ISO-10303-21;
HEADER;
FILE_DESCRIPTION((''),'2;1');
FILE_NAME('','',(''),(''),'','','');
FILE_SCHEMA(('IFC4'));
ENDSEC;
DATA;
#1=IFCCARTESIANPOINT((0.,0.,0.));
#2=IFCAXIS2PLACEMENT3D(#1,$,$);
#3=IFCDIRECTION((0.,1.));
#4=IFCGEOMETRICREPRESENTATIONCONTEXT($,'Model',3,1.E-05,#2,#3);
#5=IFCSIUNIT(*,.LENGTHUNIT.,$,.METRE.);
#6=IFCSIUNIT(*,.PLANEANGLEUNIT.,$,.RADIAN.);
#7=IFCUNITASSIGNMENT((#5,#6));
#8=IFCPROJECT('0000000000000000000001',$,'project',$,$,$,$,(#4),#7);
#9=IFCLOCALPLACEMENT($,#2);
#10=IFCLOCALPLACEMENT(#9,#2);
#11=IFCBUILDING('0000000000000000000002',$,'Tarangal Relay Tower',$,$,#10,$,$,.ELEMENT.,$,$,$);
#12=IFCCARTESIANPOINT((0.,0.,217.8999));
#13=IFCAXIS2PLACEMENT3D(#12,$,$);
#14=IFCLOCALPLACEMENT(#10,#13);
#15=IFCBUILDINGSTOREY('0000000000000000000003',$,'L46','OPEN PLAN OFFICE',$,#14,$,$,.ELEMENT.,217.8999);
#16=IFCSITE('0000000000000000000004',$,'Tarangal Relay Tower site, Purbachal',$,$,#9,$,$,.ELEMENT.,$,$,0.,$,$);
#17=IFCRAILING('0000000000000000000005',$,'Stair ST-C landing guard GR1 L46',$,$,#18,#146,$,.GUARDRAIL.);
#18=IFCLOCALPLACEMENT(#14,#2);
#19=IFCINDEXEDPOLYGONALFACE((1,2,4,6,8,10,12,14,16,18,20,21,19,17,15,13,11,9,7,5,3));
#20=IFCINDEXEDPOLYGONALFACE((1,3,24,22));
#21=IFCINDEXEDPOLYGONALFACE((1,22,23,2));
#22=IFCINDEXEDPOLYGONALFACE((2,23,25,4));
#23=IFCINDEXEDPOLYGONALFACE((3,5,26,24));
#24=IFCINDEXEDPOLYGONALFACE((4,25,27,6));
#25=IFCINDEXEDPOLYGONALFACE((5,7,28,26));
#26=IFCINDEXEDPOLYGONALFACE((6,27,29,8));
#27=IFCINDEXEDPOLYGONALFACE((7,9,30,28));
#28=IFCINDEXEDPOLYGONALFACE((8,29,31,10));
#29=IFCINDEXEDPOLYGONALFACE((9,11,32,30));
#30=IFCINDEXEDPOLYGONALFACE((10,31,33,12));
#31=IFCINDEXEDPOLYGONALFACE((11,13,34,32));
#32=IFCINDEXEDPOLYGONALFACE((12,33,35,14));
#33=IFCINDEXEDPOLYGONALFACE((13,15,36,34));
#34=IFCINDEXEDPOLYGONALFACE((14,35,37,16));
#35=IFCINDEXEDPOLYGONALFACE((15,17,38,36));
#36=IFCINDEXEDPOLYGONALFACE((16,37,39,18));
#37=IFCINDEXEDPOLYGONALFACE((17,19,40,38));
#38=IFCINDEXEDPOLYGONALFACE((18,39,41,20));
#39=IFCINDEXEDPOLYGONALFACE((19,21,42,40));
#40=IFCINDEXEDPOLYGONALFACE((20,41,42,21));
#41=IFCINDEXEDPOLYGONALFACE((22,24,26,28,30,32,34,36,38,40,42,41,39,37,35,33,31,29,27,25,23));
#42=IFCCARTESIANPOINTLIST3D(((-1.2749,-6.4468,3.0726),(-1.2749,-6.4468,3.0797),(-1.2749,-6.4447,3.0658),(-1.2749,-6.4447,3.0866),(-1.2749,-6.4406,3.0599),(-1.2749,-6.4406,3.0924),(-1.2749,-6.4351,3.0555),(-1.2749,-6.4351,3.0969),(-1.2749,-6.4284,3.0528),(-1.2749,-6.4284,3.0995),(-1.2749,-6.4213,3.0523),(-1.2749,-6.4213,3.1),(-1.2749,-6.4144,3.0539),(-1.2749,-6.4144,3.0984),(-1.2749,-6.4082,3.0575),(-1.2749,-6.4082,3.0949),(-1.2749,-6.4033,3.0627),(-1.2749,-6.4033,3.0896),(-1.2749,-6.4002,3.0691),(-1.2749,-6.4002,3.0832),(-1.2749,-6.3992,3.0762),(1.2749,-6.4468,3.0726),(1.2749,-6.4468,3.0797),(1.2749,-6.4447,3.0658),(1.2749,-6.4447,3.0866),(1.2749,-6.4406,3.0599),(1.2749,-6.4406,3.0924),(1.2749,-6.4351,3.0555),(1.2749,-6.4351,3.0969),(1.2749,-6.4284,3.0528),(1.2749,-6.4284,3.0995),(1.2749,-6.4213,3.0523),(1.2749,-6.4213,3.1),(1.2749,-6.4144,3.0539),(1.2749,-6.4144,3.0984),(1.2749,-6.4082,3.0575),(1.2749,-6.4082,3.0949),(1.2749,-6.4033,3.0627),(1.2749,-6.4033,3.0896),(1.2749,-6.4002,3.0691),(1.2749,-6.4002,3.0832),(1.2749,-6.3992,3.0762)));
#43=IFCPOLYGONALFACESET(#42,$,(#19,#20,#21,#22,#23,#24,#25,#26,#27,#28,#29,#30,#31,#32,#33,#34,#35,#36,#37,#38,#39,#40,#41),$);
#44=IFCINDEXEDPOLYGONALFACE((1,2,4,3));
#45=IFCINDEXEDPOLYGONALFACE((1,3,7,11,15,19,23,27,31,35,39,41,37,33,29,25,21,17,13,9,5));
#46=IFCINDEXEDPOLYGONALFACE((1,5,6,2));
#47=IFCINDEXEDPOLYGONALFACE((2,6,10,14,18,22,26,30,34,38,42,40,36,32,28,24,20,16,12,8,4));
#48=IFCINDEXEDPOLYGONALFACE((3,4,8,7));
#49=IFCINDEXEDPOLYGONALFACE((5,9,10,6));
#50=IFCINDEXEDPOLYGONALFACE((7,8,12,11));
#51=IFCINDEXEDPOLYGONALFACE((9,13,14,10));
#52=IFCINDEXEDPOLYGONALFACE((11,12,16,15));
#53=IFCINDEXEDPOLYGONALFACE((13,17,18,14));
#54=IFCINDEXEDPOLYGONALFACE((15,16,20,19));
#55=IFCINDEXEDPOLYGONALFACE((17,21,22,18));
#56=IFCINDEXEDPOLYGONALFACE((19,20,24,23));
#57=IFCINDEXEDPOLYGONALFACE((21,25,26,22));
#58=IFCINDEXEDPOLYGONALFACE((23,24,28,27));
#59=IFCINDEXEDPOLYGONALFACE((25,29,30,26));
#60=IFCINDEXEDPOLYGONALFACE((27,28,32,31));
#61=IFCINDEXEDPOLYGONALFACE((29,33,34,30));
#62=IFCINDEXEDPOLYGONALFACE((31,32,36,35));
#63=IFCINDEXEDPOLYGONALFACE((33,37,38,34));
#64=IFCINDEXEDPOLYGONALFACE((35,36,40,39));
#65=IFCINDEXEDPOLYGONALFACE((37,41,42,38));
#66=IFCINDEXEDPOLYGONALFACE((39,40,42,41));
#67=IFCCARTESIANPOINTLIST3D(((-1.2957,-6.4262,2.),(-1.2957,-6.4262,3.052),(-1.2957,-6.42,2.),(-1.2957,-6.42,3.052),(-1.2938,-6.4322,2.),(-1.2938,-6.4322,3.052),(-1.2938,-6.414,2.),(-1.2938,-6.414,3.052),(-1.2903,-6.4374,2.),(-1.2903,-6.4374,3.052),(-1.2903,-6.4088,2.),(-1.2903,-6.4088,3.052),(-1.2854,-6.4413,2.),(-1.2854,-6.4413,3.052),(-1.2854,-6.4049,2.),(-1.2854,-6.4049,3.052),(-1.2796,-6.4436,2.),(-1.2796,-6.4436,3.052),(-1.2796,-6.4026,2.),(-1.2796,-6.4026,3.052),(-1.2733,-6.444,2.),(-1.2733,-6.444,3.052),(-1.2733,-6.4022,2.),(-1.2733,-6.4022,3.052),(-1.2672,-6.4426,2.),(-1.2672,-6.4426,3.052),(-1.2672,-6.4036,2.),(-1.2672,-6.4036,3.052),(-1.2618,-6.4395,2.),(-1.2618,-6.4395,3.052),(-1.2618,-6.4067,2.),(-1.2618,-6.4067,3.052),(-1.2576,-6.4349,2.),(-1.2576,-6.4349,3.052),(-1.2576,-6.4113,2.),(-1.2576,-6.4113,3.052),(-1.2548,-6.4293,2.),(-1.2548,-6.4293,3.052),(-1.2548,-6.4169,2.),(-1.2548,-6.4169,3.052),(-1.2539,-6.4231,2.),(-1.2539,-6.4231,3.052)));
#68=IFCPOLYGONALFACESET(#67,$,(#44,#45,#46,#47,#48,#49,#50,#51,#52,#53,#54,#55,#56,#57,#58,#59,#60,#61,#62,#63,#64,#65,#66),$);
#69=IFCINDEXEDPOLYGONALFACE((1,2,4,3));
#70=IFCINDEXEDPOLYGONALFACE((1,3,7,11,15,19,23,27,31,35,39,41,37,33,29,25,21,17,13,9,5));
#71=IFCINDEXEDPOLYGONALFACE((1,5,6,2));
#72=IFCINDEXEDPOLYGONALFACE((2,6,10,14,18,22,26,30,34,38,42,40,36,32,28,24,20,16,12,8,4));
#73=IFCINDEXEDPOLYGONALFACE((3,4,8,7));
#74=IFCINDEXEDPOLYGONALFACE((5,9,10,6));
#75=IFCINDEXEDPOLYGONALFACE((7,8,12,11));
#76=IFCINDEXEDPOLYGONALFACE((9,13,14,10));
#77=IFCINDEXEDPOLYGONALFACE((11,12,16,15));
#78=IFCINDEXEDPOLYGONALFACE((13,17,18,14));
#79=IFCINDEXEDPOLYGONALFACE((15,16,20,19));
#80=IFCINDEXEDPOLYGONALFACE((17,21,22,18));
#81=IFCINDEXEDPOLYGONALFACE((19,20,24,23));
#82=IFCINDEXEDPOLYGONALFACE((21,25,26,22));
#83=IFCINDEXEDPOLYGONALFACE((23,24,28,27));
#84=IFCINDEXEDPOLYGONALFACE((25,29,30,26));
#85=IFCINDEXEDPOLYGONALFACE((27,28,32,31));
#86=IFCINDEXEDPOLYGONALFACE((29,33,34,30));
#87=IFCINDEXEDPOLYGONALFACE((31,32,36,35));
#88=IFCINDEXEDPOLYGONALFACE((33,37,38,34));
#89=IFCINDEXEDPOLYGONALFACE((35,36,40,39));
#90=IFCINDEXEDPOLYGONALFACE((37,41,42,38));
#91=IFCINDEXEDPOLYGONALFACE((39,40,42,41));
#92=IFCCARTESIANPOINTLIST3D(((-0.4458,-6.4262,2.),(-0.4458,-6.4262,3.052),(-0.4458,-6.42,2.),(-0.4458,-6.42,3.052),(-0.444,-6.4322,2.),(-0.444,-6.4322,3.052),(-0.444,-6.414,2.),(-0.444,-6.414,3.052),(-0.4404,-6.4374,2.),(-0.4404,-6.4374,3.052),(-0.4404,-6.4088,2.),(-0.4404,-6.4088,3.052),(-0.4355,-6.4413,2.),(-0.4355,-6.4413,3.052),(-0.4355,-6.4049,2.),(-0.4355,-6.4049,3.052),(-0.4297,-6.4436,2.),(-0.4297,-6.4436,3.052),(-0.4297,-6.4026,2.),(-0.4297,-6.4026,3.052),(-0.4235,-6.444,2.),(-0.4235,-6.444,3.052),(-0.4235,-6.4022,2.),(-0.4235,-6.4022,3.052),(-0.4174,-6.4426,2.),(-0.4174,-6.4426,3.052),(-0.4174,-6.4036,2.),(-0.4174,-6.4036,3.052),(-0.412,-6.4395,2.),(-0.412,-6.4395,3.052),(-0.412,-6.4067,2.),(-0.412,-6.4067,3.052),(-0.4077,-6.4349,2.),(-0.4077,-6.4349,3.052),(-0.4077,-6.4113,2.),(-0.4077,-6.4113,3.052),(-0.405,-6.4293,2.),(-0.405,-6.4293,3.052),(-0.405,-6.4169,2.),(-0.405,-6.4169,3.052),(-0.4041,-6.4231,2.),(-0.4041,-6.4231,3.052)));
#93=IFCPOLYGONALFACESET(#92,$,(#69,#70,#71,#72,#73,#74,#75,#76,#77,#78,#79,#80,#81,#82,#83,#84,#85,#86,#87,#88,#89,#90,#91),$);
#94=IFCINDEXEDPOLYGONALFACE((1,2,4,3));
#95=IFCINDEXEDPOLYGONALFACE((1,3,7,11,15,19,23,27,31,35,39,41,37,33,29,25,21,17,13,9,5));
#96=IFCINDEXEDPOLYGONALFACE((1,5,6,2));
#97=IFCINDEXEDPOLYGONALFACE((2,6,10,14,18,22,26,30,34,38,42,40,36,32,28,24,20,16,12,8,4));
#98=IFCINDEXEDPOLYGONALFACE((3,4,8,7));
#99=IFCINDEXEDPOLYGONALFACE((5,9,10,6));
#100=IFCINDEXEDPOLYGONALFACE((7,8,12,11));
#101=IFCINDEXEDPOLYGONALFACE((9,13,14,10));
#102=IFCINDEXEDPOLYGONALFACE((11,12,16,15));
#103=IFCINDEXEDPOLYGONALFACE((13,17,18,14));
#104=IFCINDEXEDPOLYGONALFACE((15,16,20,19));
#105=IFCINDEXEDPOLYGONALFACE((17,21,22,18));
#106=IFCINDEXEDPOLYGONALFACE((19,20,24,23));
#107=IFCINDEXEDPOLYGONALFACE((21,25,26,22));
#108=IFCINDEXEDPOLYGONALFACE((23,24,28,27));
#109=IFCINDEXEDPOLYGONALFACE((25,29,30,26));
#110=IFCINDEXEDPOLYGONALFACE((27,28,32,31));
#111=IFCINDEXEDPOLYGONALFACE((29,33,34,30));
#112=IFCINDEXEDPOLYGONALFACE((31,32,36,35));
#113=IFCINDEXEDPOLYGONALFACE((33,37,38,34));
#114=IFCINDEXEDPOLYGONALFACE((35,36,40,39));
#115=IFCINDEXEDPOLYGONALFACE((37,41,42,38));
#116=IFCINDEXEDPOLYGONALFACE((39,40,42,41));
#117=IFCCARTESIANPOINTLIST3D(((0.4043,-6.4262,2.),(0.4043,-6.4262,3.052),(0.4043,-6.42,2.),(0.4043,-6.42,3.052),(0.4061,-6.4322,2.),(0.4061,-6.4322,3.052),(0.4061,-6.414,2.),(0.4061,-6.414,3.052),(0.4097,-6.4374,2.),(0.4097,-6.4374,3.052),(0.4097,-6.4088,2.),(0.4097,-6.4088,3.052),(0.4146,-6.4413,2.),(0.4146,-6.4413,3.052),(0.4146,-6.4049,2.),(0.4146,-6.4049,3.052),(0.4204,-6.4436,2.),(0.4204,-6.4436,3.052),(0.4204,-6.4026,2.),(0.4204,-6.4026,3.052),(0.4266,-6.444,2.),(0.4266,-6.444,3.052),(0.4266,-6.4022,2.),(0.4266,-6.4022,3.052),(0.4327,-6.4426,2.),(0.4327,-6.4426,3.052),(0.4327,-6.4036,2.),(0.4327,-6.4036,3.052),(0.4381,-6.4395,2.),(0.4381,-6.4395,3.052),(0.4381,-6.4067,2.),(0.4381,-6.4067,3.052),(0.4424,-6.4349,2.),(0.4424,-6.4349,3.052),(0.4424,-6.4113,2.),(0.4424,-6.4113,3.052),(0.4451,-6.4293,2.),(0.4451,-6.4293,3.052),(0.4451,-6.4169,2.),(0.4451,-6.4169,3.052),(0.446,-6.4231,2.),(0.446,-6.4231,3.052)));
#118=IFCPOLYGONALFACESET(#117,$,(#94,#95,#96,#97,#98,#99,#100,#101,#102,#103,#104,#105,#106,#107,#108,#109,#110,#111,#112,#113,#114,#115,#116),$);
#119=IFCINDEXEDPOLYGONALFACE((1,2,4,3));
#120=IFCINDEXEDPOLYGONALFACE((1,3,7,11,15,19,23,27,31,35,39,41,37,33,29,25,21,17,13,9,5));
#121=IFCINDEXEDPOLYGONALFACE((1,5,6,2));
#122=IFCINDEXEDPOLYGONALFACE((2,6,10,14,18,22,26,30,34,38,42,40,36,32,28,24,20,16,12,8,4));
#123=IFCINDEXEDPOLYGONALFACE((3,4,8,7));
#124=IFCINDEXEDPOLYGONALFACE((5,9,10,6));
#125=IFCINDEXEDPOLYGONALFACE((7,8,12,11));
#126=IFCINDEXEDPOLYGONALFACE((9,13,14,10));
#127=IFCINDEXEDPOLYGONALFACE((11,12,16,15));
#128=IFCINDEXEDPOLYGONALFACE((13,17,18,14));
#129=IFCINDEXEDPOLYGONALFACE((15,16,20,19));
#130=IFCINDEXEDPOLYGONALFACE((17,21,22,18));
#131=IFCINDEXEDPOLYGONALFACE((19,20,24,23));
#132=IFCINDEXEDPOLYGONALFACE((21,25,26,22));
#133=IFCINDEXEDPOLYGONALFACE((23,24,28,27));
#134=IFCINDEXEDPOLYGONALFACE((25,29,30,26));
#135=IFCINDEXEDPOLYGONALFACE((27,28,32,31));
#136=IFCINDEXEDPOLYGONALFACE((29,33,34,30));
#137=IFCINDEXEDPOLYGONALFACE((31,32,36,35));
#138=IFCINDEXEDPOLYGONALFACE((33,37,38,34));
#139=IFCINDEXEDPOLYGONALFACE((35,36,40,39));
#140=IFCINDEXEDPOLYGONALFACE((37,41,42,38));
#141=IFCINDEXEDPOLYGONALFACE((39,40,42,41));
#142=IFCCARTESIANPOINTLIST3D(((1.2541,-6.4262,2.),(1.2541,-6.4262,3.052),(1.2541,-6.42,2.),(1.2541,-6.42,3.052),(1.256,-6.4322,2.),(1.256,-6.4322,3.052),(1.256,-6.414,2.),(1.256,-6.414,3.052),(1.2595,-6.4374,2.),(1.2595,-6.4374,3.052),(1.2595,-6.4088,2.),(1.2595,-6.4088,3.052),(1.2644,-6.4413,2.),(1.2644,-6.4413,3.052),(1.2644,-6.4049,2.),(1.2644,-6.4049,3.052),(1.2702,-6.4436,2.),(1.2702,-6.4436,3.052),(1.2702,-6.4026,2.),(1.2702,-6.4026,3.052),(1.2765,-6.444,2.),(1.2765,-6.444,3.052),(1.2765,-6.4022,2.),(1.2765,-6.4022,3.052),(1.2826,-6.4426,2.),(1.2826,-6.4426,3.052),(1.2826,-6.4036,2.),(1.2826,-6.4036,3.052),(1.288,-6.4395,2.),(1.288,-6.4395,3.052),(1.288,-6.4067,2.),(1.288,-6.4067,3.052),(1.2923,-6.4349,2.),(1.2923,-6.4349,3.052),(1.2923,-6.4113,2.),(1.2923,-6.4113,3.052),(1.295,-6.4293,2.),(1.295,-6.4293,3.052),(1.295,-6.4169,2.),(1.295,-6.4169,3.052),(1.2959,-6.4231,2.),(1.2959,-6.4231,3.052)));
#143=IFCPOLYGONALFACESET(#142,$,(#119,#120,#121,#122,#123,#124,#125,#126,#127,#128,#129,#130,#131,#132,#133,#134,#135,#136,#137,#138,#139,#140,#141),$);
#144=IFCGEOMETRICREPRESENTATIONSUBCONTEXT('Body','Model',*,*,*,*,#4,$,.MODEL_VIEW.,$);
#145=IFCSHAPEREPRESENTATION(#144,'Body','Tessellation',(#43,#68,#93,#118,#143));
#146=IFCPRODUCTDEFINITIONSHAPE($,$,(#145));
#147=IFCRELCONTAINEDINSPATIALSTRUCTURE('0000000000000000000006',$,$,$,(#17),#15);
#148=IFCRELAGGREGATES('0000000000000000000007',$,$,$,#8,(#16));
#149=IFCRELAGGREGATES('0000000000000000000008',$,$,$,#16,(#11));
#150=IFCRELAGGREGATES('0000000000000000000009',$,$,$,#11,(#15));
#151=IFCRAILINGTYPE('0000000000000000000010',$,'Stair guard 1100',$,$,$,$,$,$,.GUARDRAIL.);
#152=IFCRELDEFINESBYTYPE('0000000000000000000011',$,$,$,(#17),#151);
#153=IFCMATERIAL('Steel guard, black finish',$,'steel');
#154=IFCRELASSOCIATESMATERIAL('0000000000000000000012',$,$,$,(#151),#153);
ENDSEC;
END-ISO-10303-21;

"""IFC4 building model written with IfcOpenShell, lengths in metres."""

from ifc_helpers import new_model, si_unit, direction, frame, origin, origin_2d, place, context, subcontext, project, spatial, circle, extrude, material, type_object, element, save


model = new_model("IFC4")

# Units and contexts
model_context = context("Model", 3, precision=1e-05, world=origin(), true_north=direction((0.0, 1.0)))
body_context = subcontext(model_context, "Body", "Model", "MODEL_VIEW")
ifc_project = project(units=[si_unit("LENGTHUNIT", "METRE"), si_unit("PLANEANGLEUNIT", "RADIAN")], contexts=[model_context])

# Site, building, storey
site_placement = place(None, origin())
site = spatial("IfcSite", under=ifc_project, at=site_placement, Name="Tarangal Relay Tower site, Purbachal", CompositionType="ELEMENT", RefElevation=0.0)
building_placement = place(site_placement, origin())
building = spatial("IfcBuilding", under=site, at=building_placement, Name="Tarangal Relay Tower", CompositionType="ELEMENT")
storey_placement = place(building_placement, frame((0.0, 0.0, 217.8999)))
storey = spatial("IfcBuildingStorey", under=building, at=storey_placement, Name="L46", Description="OPEN PLAN OFFICE", CompositionType="ELEMENT", Elevation=217.8999)

# Railing
ifc_material_1 = material(Name="Steel guard, black finish", Category="steel")
railing_type_1 = type_object("IfcRailingType", Name="Stair guard 1100", PredefinedType="GUARDRAIL", material=ifc_material_1)
for number, where, name in (
    (1, (-1.2749, -6.4231, 2.0), "Stair ST-C landing guard GR1 L46"),
):
    element("IfcRailing", number, at=place(storey_placement, frame(where)), inside=storey, type_object=railing_type_1, Name=name, PredefinedType="GUARDRAIL", context=body_context, shape_type="SweptSolid", body=[
        extrude(circle(Radius=0.0239, at=origin_2d()), frame((0.0, 0.0, 1.0762), z_axis=(1.0, 0.0, 0.0), x_axis=(0.0, 1.0, 0.0)), (0.0, 0.0, 1.0), 2.5498),
        extrude(circle(Radius=0.021, at=origin_2d()), origin(), (0.0, 0.0, 1.0), 1.052),
        extrude(circle(Radius=0.021, at=origin_2d()), frame((0.8499, 0.0, 0.0)), (0.0, 0.0, 1.0), 1.052),
        extrude(circle(Radius=0.021, at=origin_2d()), frame((1.7, 0.0, 0.0)), (0.0, 0.0, 1.0), 1.052),
        extrude(circle(Radius=0.021, at=origin_2d()), frame((2.5498, 0.0, 0.0)), (0.0, 0.0, 1.0), 1.052),
    ])

save(model, "model.ifc")
